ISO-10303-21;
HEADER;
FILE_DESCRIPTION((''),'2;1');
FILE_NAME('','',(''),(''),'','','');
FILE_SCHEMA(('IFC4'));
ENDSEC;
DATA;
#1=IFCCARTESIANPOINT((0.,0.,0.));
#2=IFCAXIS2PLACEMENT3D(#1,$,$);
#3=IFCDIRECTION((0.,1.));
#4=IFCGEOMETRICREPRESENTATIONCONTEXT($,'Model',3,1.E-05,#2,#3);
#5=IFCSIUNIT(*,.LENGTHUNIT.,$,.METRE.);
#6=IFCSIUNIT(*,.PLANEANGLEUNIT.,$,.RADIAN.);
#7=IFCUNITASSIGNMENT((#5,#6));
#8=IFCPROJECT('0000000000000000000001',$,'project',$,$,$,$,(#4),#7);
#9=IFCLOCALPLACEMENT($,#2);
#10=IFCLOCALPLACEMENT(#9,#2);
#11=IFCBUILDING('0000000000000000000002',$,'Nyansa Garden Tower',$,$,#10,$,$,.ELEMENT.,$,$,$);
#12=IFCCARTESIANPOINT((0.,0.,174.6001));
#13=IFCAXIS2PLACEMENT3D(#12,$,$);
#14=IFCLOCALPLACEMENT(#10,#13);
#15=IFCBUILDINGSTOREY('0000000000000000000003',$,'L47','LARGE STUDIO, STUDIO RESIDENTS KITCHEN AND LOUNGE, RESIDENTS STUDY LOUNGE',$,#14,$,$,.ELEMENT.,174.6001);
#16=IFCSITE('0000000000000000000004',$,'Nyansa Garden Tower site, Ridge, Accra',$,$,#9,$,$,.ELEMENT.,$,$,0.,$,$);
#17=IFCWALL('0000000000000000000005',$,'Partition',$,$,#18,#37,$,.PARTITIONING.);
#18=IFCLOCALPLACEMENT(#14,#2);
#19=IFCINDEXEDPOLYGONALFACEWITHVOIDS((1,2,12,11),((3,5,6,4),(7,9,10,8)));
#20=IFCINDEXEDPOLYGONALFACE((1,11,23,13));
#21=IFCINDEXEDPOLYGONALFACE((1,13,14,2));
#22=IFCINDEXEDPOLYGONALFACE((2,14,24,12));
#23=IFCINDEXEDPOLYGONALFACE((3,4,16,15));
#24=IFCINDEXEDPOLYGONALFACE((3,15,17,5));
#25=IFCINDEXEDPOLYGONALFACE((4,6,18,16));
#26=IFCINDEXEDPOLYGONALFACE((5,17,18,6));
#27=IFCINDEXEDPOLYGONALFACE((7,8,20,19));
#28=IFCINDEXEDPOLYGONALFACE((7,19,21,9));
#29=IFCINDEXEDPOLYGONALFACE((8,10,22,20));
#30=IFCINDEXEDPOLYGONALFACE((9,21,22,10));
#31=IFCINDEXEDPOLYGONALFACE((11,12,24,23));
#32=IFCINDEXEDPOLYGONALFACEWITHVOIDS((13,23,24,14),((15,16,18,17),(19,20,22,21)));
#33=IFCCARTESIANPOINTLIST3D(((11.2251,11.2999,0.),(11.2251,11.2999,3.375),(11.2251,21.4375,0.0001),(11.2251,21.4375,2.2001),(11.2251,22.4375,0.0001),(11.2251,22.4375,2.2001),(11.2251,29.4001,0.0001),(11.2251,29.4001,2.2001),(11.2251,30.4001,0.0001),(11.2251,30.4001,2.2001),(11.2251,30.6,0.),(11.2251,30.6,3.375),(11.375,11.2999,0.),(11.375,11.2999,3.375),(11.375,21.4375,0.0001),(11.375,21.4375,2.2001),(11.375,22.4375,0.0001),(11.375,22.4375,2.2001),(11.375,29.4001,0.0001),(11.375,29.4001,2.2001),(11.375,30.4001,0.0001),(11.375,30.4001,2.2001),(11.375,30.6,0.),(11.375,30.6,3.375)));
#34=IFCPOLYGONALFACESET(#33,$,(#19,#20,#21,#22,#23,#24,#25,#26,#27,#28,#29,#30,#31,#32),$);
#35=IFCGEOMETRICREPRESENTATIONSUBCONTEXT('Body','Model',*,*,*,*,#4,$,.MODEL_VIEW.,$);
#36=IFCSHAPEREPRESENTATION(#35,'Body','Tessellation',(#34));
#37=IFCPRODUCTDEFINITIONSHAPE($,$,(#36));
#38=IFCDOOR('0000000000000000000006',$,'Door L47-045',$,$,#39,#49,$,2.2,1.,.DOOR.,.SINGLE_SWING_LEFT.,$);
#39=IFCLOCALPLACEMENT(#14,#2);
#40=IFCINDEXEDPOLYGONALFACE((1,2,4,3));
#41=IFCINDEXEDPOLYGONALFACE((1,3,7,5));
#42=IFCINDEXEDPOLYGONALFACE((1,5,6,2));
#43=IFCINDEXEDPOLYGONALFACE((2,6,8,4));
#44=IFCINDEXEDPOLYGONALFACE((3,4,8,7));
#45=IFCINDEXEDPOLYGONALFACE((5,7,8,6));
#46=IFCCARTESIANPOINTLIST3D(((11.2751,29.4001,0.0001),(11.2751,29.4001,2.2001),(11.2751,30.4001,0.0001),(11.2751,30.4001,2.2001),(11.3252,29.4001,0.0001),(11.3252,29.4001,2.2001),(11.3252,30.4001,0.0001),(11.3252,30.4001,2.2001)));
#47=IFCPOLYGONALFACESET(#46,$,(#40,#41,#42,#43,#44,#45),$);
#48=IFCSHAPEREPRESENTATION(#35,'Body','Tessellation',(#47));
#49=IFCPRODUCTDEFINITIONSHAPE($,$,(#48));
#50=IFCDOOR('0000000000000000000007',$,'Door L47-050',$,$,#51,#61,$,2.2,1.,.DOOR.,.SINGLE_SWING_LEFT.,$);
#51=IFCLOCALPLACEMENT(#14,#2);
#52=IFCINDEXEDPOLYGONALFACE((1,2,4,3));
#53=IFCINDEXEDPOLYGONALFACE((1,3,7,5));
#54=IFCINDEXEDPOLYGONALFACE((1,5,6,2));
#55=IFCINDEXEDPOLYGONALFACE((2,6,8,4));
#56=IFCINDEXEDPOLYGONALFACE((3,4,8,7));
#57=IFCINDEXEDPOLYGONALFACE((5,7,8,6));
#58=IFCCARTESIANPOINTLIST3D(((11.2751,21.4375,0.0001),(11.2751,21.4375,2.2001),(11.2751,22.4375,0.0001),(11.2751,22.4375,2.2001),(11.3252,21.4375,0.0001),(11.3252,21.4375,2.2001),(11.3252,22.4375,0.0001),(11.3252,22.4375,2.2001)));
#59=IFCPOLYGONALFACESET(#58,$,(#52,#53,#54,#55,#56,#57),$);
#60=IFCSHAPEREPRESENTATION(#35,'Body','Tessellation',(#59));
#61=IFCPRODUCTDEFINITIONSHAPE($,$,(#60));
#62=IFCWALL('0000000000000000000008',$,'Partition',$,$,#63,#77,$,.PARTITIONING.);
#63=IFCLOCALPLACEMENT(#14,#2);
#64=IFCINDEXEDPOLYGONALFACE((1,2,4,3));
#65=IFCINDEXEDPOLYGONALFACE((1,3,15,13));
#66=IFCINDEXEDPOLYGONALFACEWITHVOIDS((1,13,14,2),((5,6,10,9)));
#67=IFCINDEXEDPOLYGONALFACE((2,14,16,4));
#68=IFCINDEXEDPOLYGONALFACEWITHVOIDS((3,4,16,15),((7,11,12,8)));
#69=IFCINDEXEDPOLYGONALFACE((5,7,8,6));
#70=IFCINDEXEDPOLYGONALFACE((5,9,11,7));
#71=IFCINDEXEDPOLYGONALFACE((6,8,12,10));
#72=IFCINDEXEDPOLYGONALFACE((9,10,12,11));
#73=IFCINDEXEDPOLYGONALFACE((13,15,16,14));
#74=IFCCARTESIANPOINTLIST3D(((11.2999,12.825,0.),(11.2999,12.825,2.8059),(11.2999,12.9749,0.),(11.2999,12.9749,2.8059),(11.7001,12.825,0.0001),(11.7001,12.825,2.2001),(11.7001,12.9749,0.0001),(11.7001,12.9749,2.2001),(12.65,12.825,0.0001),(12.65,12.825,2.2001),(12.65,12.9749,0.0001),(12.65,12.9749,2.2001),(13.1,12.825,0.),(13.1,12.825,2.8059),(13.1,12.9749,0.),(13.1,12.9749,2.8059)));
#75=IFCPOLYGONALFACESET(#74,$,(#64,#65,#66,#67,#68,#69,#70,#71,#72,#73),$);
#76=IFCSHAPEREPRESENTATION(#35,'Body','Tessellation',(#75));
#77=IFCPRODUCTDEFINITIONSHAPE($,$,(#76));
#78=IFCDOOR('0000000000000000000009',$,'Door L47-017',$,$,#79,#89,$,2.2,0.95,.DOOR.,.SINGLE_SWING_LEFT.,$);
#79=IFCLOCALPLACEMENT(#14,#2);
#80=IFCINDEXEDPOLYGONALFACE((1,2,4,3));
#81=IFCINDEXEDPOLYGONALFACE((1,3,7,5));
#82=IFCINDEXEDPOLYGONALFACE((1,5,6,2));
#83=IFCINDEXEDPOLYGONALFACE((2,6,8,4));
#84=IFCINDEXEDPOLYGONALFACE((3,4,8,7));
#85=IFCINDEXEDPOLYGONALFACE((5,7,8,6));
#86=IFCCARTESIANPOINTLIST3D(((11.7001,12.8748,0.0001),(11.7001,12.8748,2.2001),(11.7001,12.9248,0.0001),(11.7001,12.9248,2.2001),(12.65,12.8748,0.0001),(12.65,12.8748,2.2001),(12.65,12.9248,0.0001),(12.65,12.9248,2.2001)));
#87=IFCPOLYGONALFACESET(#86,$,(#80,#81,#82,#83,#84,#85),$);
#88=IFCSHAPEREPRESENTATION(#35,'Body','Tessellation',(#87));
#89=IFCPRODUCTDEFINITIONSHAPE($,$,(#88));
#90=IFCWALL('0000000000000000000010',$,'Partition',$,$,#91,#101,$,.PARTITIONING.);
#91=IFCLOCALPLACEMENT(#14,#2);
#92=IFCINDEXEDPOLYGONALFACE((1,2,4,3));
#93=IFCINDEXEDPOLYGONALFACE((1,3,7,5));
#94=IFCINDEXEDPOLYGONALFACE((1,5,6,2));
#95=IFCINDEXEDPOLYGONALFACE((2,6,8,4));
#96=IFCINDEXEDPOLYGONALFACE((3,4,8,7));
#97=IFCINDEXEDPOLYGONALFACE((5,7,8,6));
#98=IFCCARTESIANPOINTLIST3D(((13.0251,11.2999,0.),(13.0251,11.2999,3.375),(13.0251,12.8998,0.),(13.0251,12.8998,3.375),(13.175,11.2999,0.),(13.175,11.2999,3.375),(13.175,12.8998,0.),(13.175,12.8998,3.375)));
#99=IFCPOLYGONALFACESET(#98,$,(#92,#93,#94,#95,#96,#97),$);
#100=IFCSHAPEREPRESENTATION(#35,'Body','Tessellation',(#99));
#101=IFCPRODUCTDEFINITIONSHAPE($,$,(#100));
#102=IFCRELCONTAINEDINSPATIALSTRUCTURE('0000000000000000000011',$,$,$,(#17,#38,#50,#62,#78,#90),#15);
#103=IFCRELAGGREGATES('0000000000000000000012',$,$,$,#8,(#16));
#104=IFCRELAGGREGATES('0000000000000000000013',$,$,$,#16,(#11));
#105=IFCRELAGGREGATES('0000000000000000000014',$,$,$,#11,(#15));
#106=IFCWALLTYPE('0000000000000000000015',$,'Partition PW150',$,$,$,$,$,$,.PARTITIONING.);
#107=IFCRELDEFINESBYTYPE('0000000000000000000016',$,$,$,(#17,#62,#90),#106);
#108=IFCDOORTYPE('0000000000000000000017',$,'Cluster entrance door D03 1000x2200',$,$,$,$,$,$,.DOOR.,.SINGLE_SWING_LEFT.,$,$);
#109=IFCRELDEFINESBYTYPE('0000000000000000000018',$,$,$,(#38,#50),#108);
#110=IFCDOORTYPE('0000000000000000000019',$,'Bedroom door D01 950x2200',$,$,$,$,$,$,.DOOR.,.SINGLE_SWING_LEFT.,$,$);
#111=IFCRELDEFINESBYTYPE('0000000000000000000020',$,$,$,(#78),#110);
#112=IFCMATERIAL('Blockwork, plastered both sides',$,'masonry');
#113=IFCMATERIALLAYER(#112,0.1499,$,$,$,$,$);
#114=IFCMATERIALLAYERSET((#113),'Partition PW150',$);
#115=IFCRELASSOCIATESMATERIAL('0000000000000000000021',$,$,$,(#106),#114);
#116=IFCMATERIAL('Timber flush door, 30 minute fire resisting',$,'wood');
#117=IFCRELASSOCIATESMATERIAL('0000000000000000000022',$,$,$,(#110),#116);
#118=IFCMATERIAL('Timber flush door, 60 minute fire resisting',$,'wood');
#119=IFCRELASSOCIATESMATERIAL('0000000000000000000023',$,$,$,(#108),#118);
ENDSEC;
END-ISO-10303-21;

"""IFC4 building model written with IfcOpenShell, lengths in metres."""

from ifc_helpers import new_model, si_unit, direction, frame, frame_2d, origin, place, context, subcontext, project, spatial, rectangle, extrude, material, layer, layer_set, type_object, element, fill, save


model = new_model("IFC4")

# Units and contexts
model_context = context("Model", 3, precision=1e-05, world=origin(), true_north=direction((0.0, 1.0)))
body_context = subcontext(model_context, "Body", "Model", "MODEL_VIEW")
ifc_project = project(units=[si_unit("LENGTHUNIT", "METRE"), si_unit("PLANEANGLEUNIT", "RADIAN")], contexts=[model_context])

# Site, building, storey
site_placement = place(None, origin())
site = spatial("IfcSite", under=ifc_project, at=site_placement, Name="Nyansa Garden Tower site, Ridge, Accra", CompositionType="ELEMENT", RefElevation=0.0)
building_placement = place(site_placement, origin())
building = spatial("IfcBuilding", under=site, at=building_placement, Name="Nyansa Garden Tower", CompositionType="ELEMENT")
storey_placement = place(building_placement, frame((0.0, 0.0, 174.6001)))
storey = spatial("IfcBuildingStorey", under=building, at=storey_placement, Name="L47", Description="LARGE STUDIO, STUDIO RESIDENTS KITCHEN AND LOUNGE, RESIDENTS STUDY LOUNGE", CompositionType="ELEMENT", Elevation=174.6001)

# Shared definitions
ifc_material_1 = material(Name="Blockwork, plastered both sides", Category="masonry")
ifc_layer = layer(ifc_material_1, 0.1499)
ifc_layer_set = layer_set([ifc_layer], Name="Partition PW150")
wall_type = type_object("IfcWallType", Name="Partition PW150", PredefinedType="PARTITIONING", material=ifc_layer_set)

# Wall, openings, doors
ifc_material_2 = material(Name="Timber flush door, 30 minute fire resisting", Category="wood")
door_type_1 = type_object("IfcDoorType", Name="Bedroom door D01 950x2200", OperationType="SINGLE_SWING_LEFT", PredefinedType="DOOR", material=ifc_material_2)
ifc_material_3 = material(Name="Timber flush door, 60 minute fire resisting", Category="wood")
door_type_2 = type_object("IfcDoorType", Name="Cluster entrance door D03 1000x2200", OperationType="SINGLE_SWING_LEFT", PredefinedType="DOOR", material=ifc_material_3)
wall_1_placement = place(storey_placement, frame((11.3, 11.3, 0.0), z_axis=(0.0, 0.0, 1.0), x_axis=(0.0, 1.0, 0.0)))
wall_1 = element("IfcWall", 1, at=wall_1_placement, inside=storey, type_object=wall_type, Name="Partition", PredefinedType="PARTITIONING", context=body_context, shape_type="SweptSolid", body=[
    extrude(rectangle(XDim=19.3, YDim=0.1499, at=frame_2d((9.6499, 0.0))), origin(), (0.0, 0.0, 1.0), 3.375),
])
opening_1_placement = place(wall_1_placement, frame((18.1001, 0.0, 0.0)))
opening_1 = element("IfcOpeningElement", 2, at=opening_1_placement, cuts=wall_1, PredefinedType="OPENING", context=body_context, shape_type="SweptSolid", body=[
    extrude(rectangle(XDim=1.0, YDim=2.2, at=frame_2d((0.5, 1.1001))), frame((0.0, 0.085, 0.0), z_axis=(0.0, -1.0, 0.0), x_axis=(1.0, 0.0, 0.0)), (0.0, 0.0, 1.0), 0.1699),
])
opening_2_placement = place(wall_1_placement, frame((10.1375, 0.0, 0.0)))
opening_2 = element("IfcOpeningElement", 3, at=opening_2_placement, cuts=wall_1, PredefinedType="OPENING", context=body_context, shape_type="SweptSolid", body=[
    extrude(rectangle(XDim=1.0, YDim=2.2, at=frame_2d((0.5, 1.1001))), frame((0.0, 0.085, 0.0), z_axis=(0.0, -1.0, 0.0), x_axis=(1.0, 0.0, 0.0)), (0.0, 0.0, 1.0), 0.1699),
])
door_1_placement = place(opening_1_placement, origin())
door_1 = element("IfcDoor", 4, at=door_1_placement, inside=storey, type_object=door_type_2, Name="Door L47-045", OperationType="SINGLE_SWING_LEFT", OverallHeight=2.2, OverallWidth=1.0, PredefinedType="DOOR", context=body_context, shape_type="SweptSolid", body=[
    extrude(rectangle(XDim=1.0, YDim=2.2, at=frame_2d((0.5, 1.1001))), frame((0.0, 0.0249, 0.0), z_axis=(0.0, -1.0, 0.0), x_axis=(1.0, 0.0, 0.0)), (0.0, 0.0, 1.0), 0.05),
])
fill(opening_1, door_1)
door_2_placement = place(opening_2_placement, origin())
door_2 = element("IfcDoor", 5, at=door_2_placement, inside=storey, type_object=door_type_2, Name="Door L47-050", OperationType="SINGLE_SWING_LEFT", OverallHeight=2.2, OverallWidth=1.0, PredefinedType="DOOR", context=body_context, shape_type="SweptSolid", body=[
    extrude(rectangle(XDim=1.0, YDim=2.2, at=frame_2d((0.5, 1.1001))), frame((0.0, 0.0249, 0.0), z_axis=(0.0, -1.0, 0.0), x_axis=(1.0, 0.0, 0.0)), (0.0, 0.0, 1.0), 0.05),
])
fill(opening_2, door_2)

# Wall, opening, door
wall_2_placement = place(storey_placement, frame((11.3, 12.8999, 0.0), z_axis=(0.0, 0.0, 1.0), x_axis=(1.0, 0.0, 0.0)))
wall_2 = element("IfcWall", 6, at=wall_2_placement, inside=storey, type_object=wall_type, Name="Partition", PredefinedType="PARTITIONING", context=body_context, shape_type="SweptSolid", body=[
    extrude(rectangle(XDim=1.8, YDim=0.1499, at=frame_2d((0.8999, 0.0))), origin(), (0.0, 0.0, 1.0), 2.8059),
])
opening_3_placement = place(wall_2_placement, frame((0.3999, 0.0, 0.0)))
opening_3 = element("IfcOpeningElement", 7, at=opening_3_placement, cuts=wall_2, PredefinedType="OPENING", context=body_context, shape_type="SweptSolid", body=[
    extrude(rectangle(XDim=0.95, YDim=2.2, at=frame_2d((0.4751, 1.1001))), frame((0.0, 0.085, 0.0), z_axis=(0.0, -1.0, 0.0), x_axis=(1.0, 0.0, 0.0)), (0.0, 0.0, 1.0), 0.1699),
])
door_3_placement = place(opening_3_placement, origin())
door_3 = element("IfcDoor", 8, at=door_3_placement, inside=storey, type_object=door_type_1, Name="Door L47-017", OperationType="SINGLE_SWING_LEFT", OverallHeight=2.2, OverallWidth=0.95, PredefinedType="DOOR", context=body_context, shape_type="SweptSolid", body=[
    extrude(rectangle(XDim=0.95, YDim=2.2, at=frame_2d((0.4751, 1.1001))), frame((0.0, 0.0249, 0.0), z_axis=(0.0, -1.0, 0.0), x_axis=(1.0, 0.0, 0.0)), (0.0, 0.0, 1.0), 0.05),
])
fill(opening_3, door_3)

# Wall
wall_3_placement = place(storey_placement, frame((13.1001, 11.3, 0.0), z_axis=(0.0, 0.0, 1.0), x_axis=(0.0, 1.0, 0.0)))
element("IfcWall", 9, at=wall_3_placement, inside=storey, type_object=wall_type, Name="Partition", PredefinedType="PARTITIONING", context=body_context, shape_type="SweptSolid", body=[
    extrude(rectangle(XDim=1.5999, YDim=0.1499, at=frame_2d((0.7998, 0.0))), origin(), (0.0, 0.0, 1.0), 3.375),
])

save(model, "model.ifc")
